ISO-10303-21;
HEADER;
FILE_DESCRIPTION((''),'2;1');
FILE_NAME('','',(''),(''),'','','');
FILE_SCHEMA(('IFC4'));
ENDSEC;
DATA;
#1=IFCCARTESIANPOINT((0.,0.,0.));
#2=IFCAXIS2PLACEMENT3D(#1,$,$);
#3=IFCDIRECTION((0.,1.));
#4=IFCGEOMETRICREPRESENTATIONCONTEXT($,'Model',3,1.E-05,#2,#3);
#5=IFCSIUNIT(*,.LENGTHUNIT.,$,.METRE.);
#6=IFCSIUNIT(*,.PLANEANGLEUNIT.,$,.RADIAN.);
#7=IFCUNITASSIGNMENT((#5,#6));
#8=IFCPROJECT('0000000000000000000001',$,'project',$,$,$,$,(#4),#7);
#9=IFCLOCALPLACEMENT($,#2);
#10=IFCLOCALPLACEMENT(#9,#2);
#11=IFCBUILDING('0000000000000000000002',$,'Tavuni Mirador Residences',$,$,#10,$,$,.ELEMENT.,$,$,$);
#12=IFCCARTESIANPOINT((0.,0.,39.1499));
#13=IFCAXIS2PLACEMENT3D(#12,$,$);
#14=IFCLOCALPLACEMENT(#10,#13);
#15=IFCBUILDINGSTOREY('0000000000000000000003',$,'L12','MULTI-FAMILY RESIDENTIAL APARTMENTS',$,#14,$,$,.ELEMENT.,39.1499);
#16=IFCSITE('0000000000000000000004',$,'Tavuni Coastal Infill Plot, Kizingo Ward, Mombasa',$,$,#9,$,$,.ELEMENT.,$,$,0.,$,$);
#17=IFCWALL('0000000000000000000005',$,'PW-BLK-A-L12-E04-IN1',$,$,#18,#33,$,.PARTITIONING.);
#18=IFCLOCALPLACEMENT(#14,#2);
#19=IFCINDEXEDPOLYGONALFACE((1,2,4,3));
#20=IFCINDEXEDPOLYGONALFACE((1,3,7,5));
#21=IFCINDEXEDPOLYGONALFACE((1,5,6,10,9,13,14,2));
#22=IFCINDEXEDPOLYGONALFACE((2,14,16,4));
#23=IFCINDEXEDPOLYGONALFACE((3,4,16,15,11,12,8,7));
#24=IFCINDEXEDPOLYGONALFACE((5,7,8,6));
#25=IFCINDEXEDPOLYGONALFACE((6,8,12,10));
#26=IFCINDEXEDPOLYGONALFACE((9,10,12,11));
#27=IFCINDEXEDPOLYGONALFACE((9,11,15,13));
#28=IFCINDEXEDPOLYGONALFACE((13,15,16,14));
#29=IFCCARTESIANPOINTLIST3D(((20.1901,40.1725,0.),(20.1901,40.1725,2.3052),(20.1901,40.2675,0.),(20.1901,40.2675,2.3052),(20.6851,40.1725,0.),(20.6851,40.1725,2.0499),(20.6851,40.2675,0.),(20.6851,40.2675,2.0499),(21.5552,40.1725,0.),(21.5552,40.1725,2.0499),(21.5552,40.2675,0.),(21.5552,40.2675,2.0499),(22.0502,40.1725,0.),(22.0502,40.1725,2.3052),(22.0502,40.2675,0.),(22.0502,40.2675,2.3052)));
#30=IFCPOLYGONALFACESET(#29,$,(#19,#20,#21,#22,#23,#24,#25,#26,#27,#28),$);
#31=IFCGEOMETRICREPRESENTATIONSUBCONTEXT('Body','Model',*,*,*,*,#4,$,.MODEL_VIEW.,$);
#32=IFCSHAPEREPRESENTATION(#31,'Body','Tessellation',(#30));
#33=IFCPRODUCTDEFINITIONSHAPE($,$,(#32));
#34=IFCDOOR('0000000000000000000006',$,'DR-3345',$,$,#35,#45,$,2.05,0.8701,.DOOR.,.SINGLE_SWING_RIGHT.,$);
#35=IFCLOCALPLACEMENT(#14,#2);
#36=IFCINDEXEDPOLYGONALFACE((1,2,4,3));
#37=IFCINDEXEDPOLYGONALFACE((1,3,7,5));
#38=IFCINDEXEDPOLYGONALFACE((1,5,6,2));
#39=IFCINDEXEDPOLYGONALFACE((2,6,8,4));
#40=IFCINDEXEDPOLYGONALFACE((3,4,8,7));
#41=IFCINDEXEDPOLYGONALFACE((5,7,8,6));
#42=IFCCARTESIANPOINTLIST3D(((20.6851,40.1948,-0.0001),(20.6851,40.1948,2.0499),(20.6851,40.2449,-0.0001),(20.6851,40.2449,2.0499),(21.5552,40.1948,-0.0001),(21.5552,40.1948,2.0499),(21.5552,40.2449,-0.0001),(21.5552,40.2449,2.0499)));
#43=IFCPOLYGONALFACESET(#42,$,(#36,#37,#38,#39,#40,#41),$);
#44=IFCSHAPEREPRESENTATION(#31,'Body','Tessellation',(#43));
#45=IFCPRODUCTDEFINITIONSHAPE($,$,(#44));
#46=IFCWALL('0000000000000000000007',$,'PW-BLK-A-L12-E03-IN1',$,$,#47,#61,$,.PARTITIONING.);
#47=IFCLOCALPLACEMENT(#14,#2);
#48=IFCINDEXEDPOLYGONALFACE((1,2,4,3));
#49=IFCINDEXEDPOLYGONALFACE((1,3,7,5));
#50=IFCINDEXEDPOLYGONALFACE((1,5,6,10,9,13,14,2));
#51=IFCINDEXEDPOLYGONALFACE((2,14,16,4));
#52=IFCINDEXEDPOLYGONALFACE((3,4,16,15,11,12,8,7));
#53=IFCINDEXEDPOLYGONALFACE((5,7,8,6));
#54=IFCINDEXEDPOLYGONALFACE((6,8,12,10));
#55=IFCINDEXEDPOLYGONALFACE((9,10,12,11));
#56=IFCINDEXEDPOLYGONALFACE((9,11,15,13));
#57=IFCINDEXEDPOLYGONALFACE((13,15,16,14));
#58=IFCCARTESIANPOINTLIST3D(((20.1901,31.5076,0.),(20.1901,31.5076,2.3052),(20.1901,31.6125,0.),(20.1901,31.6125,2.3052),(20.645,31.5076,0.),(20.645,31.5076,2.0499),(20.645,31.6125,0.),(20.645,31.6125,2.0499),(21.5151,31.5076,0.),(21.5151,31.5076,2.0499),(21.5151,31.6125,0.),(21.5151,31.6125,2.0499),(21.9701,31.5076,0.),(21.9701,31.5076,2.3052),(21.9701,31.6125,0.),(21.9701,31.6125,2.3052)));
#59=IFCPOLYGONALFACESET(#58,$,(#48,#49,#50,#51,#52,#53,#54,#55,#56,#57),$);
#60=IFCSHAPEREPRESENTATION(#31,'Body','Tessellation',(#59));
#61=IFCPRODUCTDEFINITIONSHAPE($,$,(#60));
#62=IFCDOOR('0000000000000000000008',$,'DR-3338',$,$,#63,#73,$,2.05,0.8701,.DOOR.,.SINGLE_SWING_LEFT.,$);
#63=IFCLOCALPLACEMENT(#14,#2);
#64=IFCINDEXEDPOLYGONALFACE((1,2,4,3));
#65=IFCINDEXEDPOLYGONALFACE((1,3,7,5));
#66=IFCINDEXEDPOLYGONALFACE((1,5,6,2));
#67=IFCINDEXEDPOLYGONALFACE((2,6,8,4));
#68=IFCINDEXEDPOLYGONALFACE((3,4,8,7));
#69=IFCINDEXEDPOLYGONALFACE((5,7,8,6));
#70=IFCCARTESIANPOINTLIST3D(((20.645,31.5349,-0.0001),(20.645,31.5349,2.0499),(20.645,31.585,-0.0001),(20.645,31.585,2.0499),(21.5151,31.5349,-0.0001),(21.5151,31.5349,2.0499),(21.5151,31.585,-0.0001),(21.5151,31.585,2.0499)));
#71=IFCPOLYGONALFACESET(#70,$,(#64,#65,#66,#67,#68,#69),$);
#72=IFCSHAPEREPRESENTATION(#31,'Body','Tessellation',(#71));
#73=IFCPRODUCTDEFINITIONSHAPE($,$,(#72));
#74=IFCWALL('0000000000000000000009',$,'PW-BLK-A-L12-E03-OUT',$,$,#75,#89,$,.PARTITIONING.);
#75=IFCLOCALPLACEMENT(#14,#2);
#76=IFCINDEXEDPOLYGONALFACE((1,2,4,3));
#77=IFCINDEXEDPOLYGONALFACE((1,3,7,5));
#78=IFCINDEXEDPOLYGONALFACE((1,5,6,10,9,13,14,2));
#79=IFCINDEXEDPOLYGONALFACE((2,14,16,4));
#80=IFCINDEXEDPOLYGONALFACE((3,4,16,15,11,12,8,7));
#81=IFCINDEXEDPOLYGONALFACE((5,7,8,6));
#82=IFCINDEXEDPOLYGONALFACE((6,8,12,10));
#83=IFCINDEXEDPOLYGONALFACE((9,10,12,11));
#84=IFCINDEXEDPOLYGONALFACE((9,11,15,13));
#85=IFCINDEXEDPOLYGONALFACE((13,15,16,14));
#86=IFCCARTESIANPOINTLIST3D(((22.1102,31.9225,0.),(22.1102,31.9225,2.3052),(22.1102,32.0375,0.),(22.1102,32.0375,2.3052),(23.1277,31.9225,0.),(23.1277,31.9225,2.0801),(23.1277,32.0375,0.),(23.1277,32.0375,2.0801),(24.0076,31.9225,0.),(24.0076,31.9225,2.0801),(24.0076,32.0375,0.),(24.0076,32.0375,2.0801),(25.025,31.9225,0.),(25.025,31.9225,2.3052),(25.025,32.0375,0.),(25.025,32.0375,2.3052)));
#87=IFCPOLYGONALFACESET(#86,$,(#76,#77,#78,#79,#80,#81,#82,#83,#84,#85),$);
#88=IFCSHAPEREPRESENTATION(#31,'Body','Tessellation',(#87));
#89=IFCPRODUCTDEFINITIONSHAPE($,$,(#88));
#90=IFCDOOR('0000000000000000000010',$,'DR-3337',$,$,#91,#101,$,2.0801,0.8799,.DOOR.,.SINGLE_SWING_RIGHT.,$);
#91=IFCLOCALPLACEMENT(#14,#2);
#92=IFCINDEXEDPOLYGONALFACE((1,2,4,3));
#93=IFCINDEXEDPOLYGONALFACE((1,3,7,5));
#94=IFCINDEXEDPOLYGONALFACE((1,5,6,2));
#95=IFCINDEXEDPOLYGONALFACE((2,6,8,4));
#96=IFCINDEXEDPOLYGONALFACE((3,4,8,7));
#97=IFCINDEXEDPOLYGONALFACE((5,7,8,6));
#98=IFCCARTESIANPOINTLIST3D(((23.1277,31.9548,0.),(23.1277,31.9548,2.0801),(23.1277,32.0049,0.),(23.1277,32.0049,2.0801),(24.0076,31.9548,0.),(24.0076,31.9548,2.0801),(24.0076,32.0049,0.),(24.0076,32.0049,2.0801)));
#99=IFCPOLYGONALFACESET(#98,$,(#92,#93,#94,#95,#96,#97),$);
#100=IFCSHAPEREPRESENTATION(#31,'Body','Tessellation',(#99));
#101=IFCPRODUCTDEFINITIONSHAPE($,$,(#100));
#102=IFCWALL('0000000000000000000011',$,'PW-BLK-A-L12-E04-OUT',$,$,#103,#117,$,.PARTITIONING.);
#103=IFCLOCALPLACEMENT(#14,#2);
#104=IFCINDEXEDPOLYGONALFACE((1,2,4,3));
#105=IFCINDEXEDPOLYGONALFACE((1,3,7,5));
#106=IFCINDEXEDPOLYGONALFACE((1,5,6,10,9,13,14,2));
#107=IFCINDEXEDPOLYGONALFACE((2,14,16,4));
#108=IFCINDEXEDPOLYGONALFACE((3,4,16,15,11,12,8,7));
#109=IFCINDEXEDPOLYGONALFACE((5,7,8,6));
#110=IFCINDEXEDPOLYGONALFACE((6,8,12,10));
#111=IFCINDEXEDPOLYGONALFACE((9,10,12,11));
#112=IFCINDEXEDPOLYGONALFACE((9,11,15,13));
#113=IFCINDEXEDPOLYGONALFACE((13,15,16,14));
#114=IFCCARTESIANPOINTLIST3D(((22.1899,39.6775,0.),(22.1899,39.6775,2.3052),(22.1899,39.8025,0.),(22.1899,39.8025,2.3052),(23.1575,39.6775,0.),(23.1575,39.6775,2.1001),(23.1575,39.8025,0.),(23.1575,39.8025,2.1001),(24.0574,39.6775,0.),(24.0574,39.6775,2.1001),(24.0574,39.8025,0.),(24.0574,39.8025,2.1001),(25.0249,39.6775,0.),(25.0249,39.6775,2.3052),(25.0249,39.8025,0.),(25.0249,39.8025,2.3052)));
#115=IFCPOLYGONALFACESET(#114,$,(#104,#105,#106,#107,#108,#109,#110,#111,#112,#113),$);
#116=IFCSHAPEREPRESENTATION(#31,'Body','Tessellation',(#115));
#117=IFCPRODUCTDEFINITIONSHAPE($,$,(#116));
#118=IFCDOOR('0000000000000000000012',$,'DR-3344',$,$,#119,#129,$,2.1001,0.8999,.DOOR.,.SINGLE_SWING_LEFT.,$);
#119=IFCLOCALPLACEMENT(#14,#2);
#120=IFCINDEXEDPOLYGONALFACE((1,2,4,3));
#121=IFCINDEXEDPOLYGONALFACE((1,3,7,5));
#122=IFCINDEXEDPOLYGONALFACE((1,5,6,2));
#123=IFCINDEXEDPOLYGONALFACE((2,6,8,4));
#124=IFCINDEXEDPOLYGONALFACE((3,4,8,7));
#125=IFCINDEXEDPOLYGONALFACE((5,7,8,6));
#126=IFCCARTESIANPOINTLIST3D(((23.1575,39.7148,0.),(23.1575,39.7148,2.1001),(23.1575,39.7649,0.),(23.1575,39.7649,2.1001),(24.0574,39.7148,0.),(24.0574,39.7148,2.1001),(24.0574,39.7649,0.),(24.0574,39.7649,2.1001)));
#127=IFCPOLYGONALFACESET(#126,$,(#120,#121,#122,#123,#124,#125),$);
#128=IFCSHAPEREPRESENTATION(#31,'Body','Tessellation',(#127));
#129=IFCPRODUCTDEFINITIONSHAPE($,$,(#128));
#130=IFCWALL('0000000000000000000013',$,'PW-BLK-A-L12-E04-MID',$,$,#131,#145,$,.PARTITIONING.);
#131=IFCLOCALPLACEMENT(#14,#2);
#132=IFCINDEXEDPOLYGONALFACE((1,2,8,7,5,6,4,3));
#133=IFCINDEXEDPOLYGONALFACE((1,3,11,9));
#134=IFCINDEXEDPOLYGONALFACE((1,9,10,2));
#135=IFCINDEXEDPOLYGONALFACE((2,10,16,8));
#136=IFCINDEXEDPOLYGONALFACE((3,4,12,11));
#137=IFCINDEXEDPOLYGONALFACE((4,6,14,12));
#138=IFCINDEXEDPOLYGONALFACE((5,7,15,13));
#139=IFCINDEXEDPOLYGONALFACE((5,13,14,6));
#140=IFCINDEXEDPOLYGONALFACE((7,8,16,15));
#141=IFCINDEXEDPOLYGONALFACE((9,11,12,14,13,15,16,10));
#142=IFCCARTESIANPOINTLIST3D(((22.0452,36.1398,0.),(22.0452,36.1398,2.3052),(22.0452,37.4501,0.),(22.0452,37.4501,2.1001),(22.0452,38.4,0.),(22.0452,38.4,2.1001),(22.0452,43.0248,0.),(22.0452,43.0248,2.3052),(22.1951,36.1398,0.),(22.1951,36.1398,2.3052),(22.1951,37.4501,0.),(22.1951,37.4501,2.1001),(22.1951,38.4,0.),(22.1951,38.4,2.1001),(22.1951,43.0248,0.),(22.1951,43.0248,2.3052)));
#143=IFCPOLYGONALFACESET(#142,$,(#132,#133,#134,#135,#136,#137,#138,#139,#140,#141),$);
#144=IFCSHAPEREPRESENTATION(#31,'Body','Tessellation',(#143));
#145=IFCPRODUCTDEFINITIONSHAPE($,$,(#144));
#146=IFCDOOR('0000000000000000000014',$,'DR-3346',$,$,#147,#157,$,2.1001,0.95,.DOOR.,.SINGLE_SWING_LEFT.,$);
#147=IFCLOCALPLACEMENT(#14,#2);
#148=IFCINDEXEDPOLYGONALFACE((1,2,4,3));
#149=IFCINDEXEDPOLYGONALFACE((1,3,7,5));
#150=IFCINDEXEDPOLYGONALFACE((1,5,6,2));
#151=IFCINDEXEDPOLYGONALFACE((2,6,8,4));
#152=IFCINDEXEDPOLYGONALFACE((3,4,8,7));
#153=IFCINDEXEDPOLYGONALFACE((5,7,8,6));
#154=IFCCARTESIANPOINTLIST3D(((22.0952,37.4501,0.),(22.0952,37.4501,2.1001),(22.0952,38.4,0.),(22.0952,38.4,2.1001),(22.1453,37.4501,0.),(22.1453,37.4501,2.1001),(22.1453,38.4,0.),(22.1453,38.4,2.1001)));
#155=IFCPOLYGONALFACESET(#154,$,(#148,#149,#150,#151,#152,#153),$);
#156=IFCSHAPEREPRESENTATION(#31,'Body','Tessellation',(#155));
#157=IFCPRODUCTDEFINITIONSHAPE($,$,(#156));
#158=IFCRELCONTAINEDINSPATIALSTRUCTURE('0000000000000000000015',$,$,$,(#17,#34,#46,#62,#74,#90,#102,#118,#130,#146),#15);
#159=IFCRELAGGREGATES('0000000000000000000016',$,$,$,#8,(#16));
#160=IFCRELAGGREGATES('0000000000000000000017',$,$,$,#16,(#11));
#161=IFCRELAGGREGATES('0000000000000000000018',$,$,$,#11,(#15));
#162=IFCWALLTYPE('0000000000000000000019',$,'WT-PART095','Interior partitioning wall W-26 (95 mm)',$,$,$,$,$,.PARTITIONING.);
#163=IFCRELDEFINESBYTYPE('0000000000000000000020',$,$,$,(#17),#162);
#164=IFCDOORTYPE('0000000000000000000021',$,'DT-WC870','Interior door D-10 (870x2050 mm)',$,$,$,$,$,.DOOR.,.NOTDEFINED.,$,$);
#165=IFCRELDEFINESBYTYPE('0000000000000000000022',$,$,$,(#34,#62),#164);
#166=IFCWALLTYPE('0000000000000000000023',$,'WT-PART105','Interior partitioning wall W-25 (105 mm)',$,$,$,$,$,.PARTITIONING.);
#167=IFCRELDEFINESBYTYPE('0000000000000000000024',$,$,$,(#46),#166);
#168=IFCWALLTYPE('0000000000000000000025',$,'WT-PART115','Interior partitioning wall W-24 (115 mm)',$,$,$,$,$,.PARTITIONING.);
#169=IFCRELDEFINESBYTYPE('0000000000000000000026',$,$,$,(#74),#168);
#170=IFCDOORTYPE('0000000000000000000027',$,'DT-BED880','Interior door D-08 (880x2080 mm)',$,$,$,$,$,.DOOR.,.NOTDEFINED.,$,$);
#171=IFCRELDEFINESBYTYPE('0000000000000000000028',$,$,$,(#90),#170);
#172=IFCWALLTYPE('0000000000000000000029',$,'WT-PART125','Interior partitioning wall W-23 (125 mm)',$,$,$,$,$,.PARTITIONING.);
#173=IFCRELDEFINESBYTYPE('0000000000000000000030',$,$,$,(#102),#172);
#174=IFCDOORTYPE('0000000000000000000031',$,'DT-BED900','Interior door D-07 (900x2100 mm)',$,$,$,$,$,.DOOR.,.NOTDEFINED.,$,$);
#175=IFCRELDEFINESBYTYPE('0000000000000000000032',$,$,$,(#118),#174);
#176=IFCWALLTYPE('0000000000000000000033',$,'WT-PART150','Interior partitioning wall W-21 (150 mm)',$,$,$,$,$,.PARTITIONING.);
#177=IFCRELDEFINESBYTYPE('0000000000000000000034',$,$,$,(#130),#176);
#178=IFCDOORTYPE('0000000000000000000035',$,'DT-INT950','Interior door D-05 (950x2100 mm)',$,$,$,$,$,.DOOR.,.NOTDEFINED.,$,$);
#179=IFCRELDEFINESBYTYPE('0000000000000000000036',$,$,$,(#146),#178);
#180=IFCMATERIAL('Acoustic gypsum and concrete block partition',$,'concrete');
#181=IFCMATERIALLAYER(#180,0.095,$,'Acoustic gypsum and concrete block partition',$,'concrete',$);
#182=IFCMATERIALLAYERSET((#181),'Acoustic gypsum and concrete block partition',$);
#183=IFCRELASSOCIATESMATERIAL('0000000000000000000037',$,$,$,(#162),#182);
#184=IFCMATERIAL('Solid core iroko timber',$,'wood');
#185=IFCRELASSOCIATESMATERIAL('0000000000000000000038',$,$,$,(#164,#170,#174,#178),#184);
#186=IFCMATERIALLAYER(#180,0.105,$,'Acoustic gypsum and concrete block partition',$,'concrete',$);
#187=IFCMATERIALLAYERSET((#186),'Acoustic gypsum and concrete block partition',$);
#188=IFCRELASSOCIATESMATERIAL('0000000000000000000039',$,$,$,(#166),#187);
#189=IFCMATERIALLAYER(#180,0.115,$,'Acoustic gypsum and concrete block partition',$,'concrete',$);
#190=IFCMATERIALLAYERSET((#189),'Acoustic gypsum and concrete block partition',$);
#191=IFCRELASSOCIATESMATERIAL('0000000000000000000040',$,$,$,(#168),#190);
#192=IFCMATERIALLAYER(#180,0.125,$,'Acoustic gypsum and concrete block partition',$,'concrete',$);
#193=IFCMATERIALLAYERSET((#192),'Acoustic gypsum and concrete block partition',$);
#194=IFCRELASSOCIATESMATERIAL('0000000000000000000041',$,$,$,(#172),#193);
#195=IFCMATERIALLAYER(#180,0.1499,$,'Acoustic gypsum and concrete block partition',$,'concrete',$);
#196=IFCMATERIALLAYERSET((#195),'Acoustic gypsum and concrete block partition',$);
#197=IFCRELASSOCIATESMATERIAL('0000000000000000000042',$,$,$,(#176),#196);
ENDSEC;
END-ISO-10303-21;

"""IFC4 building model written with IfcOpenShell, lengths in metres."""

from ifc_helpers import new_model, si_unit, direction, frame, frame_2d, origin, place, context, subcontext, project, spatial, rectangle, extrude, material, layer, layer_set, type_object, element, fill, save


model = new_model("IFC4")

# Units and contexts
model_context = context("Model", 3, precision=1e-05, world=origin(), true_north=direction((0.0, 1.0)))
body_context = subcontext(model_context, "Body", "Model", "MODEL_VIEW")
ifc_project = project(units=[si_unit("LENGTHUNIT", "METRE"), si_unit("PLANEANGLEUNIT", "RADIAN")], contexts=[model_context])

# Site, building, storey
site_placement = place(None, origin())
site = spatial("IfcSite", under=ifc_project, at=site_placement, Name="Tavuni Coastal Infill Plot, Kizingo Ward, Mombasa", CompositionType="ELEMENT", RefElevation=0.0)
building_placement = place(site_placement, origin())
building = spatial("IfcBuilding", under=site, at=building_placement, Name="Tavuni Mirador Residences", CompositionType="ELEMENT")
storey_placement = place(building_placement, frame((0.0, 0.0, 39.1499)))
storey = spatial("IfcBuildingStorey", under=building, at=storey_placement, Name="L12", Description="MULTI-FAMILY RESIDENTIAL APARTMENTS", CompositionType="ELEMENT", Elevation=39.1499)

# Shared definitions
ifc_material_1 = material(Name="Solid core iroko timber", Category="wood")

# Walls, openings, doors
ifc_material_2 = material(Name="Acoustic gypsum and concrete block partition", Category="concrete")
ifc_layer_1 = layer(ifc_material_2, 0.095, Name="Acoustic gypsum and concrete block partition", Category="concrete")
ifc_layer_set_1 = layer_set([ifc_layer_1], Name="Acoustic gypsum and concrete block partition")
wall_type_1 = type_object("IfcWallType", Name="WT-PART095", Description="Interior partitioning wall W-26 (95 mm)", PredefinedType="PARTITIONING", material=ifc_layer_set_1)
wall_1_placement = place(storey_placement, frame((20.1899, 40.22, 0.0), z_axis=(0.0, 0.0, 1.0), x_axis=(1.0, 0.0, 0.0)))
wall_1 = element("IfcWall", 1, at=wall_1_placement, inside=storey, type_object=wall_type_1, Name="PW-BLK-A-L12-E04-IN1", PredefinedType="PARTITIONING", context=body_context, shape_type="SweptSolid", body=[
    extrude(rectangle(XDim=1.8601, YDim=0.095, at=frame_2d((0.9302, 0.0))), origin(), (0.0, 0.0, 1.0), 2.3052),
])
opening_1_placement = place(wall_1_placement, frame((0.4951, 0.0, 0.0)))
opening_1 = element("IfcOpeningElement", 2, at=opening_1_placement, cuts=wall_1, PredefinedType="OPENING", context=body_context, shape_type="SweptSolid", body=[
    extrude(rectangle(XDim=0.8701, YDim=2.05, at=frame_2d((0.4351, 1.0249))), frame((0.0, 0.0576, 0.0), z_axis=(0.0, -1.0, 0.0), x_axis=(1.0, 0.0, 0.0)), (0.0, 0.0, 1.0), 0.115),
])
door_type_1 = type_object("IfcDoorType", Name="DT-WC870", Description="Interior door D-10 (870x2050 mm)", OperationType="NOTDEFINED", PredefinedType="DOOR", material=ifc_material_1)
door_1_placement = place(opening_1_placement, origin())
door_1 = element("IfcDoor", 3, at=door_1_placement, inside=storey, type_object=door_type_1, Name="DR-3345", OperationType="SINGLE_SWING_RIGHT", OverallHeight=2.05, OverallWidth=0.8701, PredefinedType="DOOR", context=body_context, shape_type="SweptSolid", body=[
    extrude(rectangle(XDim=0.8701, YDim=2.05, at=frame_2d((0.4351, 1.0249))), frame((0.0, 0.0249, 0.0), z_axis=(0.0, -1.0, 0.0), x_axis=(1.0, 0.0, 0.0)), (0.0, 0.0, 1.0), 0.05),
])
fill(opening_1, door_1)
ifc_layer_2 = layer(ifc_material_2, 0.105, Name="Acoustic gypsum and concrete block partition", Category="concrete")
ifc_layer_set_2 = layer_set([ifc_layer_2], Name="Acoustic gypsum and concrete block partition")
wall_type_2 = type_object("IfcWallType", Name="WT-PART105", Description="Interior partitioning wall W-25 (105 mm)", PredefinedType="PARTITIONING", material=ifc_layer_set_2)
wall_2_placement = place(storey_placement, frame((20.1899, 31.5601, 0.0), z_axis=(0.0, 0.0, 1.0), x_axis=(1.0, 0.0, 0.0)))
wall_2 = element("IfcWall", 4, at=wall_2_placement, inside=storey, type_object=wall_type_2, Name="PW-BLK-A-L12-E03-IN1", PredefinedType="PARTITIONING", context=body_context, shape_type="SweptSolid", body=[
    extrude(rectangle(XDim=1.78, YDim=0.105, at=frame_2d((0.8901, 0.0))), origin(), (0.0, 0.0, 1.0), 2.3052),
])
opening_2_placement = place(wall_2_placement, frame((0.4551, 0.0, 0.0)))
opening_2 = element("IfcOpeningElement", 5, at=opening_2_placement, cuts=wall_2, PredefinedType="OPENING", context=body_context, shape_type="SweptSolid", body=[
    extrude(rectangle(XDim=0.8701, YDim=2.05, at=frame_2d((0.4351, 1.0249))), frame((0.0, 0.0625, 0.0), z_axis=(0.0, -1.0, 0.0), x_axis=(1.0, 0.0, 0.0)), (0.0, 0.0, 1.0), 0.125),
])
door_2_placement = place(opening_2_placement, origin())
door_2 = element("IfcDoor", 6, at=door_2_placement, inside=storey, type_object=door_type_1, Name="DR-3338", OperationType="SINGLE_SWING_LEFT", OverallHeight=2.05, OverallWidth=0.8701, PredefinedType="DOOR", context=body_context, shape_type="SweptSolid", body=[
    extrude(rectangle(XDim=0.8701, YDim=2.05, at=frame_2d((0.4351, 1.0249))), frame((0.0, 0.0249, 0.0), z_axis=(0.0, -1.0, 0.0), x_axis=(1.0, 0.0, 0.0)), (0.0, 0.0, 1.0), 0.05),
])
fill(opening_2, door_2)
ifc_layer_3 = layer(ifc_material_2, 0.115, Name="Acoustic gypsum and concrete block partition", Category="concrete")
ifc_layer_set_3 = layer_set([ifc_layer_3], Name="Acoustic gypsum and concrete block partition")
wall_type_3 = type_object("IfcWallType", Name="WT-PART115", Description="Interior partitioning wall W-24 (115 mm)", PredefinedType="PARTITIONING", material=ifc_layer_set_3)
wall_3_placement = place(storey_placement, frame((22.1101, 31.98, 0.0), z_axis=(0.0, 0.0, 1.0), x_axis=(1.0, 0.0, 0.0)))
wall_3 = element("IfcWall", 7, at=wall_3_placement, inside=storey, type_object=wall_type_3, Name="PW-BLK-A-L12-E03-OUT", PredefinedType="PARTITIONING", context=body_context, shape_type="SweptSolid", body=[
    extrude(rectangle(XDim=2.9148, YDim=0.115, at=frame_2d((1.4575, 0.0))), origin(), (0.0, 0.0, 1.0), 2.3052),
])
opening_3_placement = place(wall_3_placement, frame((1.0176, 0.0, 0.0)))
opening_3 = element("IfcOpeningElement", 8, at=opening_3_placement, cuts=wall_3, PredefinedType="OPENING", context=body_context, shape_type="SweptSolid", body=[
    extrude(rectangle(XDim=0.8799, YDim=2.0801, at=frame_2d((0.4399, 1.04))), frame((0.0, 0.0674, 0.0), z_axis=(0.0, -1.0, 0.0), x_axis=(1.0, 0.0, 0.0)), (0.0, 0.0, 1.0), 0.135),
])
door_type_2 = type_object("IfcDoorType", Name="DT-BED880", Description="Interior door D-08 (880x2080 mm)", OperationType="NOTDEFINED", PredefinedType="DOOR", material=ifc_material_1)
door_3_placement = place(opening_3_placement, origin())
door_3 = element("IfcDoor", 9, at=door_3_placement, inside=storey, type_object=door_type_2, Name="DR-3337", OperationType="SINGLE_SWING_RIGHT", OverallHeight=2.0801, OverallWidth=0.8799, PredefinedType="DOOR", context=body_context, shape_type="SweptSolid", body=[
    extrude(rectangle(XDim=0.8799, YDim=2.0801, at=frame_2d((0.4399, 1.04))), frame((0.0, 0.0249, 0.0), z_axis=(0.0, -1.0, 0.0), x_axis=(1.0, 0.0, 0.0)), (0.0, 0.0, 1.0), 0.05),
])
fill(opening_3, door_3)
ifc_layer_4 = layer(ifc_material_2, 0.125, Name="Acoustic gypsum and concrete block partition", Category="concrete")
ifc_layer_set_4 = layer_set([ifc_layer_4], Name="Acoustic gypsum and concrete block partition")
wall_type_4 = type_object("IfcWallType", Name="WT-PART125", Description="Interior partitioning wall W-23 (125 mm)", PredefinedType="PARTITIONING", material=ifc_layer_set_4)
wall_4_placement = place(storey_placement, frame((22.1899, 39.74, 0.0), z_axis=(0.0, 0.0, 1.0), x_axis=(1.0, 0.0, 0.0)))
wall_4 = element("IfcWall", 10, at=wall_4_placement, inside=storey, type_object=wall_type_4, Name="PW-BLK-A-L12-E04-OUT", PredefinedType="PARTITIONING", context=body_context, shape_type="SweptSolid", body=[
    extrude(rectangle(XDim=2.835, YDim=0.125, at=frame_2d((1.4175, 0.0))), origin(), (0.0, 0.0, 1.0), 2.3052),
])
opening_4_placement = place(wall_4_placement, frame((0.9675, 0.0, 0.0)))
opening_4 = element("IfcOpeningElement", 11, at=opening_4_placement, cuts=wall_4, PredefinedType="OPENING", context=body_context, shape_type="SweptSolid", body=[
    extrude(rectangle(XDim=0.8999, YDim=2.1001, at=frame_2d((0.45, 1.05))), frame((0.0, 0.0725, 0.0), z_axis=(0.0, -1.0, 0.0), x_axis=(1.0, 0.0, 0.0)), (0.0, 0.0, 1.0), 0.145),
])
door_type_3 = type_object("IfcDoorType", Name="DT-BED900", Description="Interior door D-07 (900x2100 mm)", OperationType="NOTDEFINED", PredefinedType="DOOR", material=ifc_material_1)
door_4_placement = place(opening_4_placement, origin())
door_4 = element("IfcDoor", 12, at=door_4_placement, inside=storey, type_object=door_type_3, Name="DR-3344", OperationType="SINGLE_SWING_LEFT", OverallHeight=2.1001, OverallWidth=0.8999, PredefinedType="DOOR", context=body_context, shape_type="SweptSolid", body=[
    extrude(rectangle(XDim=0.8999, YDim=2.1001, at=frame_2d((0.45, 1.05))), frame((0.0, 0.0249, 0.0), z_axis=(0.0, -1.0, 0.0), x_axis=(1.0, 0.0, 0.0)), (0.0, 0.0, 1.0), 0.05),
])
fill(opening_4, door_4)
ifc_layer_5 = layer(ifc_material_2, 0.1499, Name="Acoustic gypsum and concrete block partition", Category="concrete")
ifc_layer_set_5 = layer_set([ifc_layer_5], Name="Acoustic gypsum and concrete block partition")
wall_type_5 = type_object("IfcWallType", Name="WT-PART150", Description="Interior partitioning wall W-21 (150 mm)", PredefinedType="PARTITIONING", material=ifc_layer_set_5)
wall_5_placement = place(storey_placement, frame((22.1201, 36.1399, 0.0), z_axis=(0.0, 0.0, 1.0), x_axis=(0.0, 1.0, 0.0)))
wall_5 = element("IfcWall", 13, at=wall_5_placement, inside=storey, type_object=wall_type_5, Name="PW-BLK-A-L12-E04-MID", PredefinedType="PARTITIONING", context=body_context, shape_type="SweptSolid", body=[
    extrude(rectangle(XDim=6.885, YDim=0.1499, at=frame_2d((3.4424, 0.0))), origin(), (0.0, 0.0, 1.0), 2.3052),
])
opening_5_placement = place(wall_5_placement, frame((1.3101, 0.0, 0.0)))
opening_5 = element("IfcOpeningElement", 14, at=opening_5_placement, cuts=wall_5, PredefinedType="OPENING", context=body_context, shape_type="SweptSolid", body=[
    extrude(rectangle(XDim=0.95, YDim=2.1001, at=frame_2d((0.4751, 1.05))), frame((0.0, 0.085, 0.0), z_axis=(0.0, -1.0, 0.0), x_axis=(1.0, 0.0, 0.0)), (0.0, 0.0, 1.0), 0.1699),
])
door_type_4 = type_object("IfcDoorType", Name="DT-INT950", Description="Interior door D-05 (950x2100 mm)", OperationType="NOTDEFINED", PredefinedType="DOOR", material=ifc_material_1)
door_5_placement = place(opening_5_placement, origin())
door_5 = element("IfcDoor", 15, at=door_5_placement, inside=storey, type_object=door_type_4, Name="DR-3346", OperationType="SINGLE_SWING_LEFT", OverallHeight=2.1001, OverallWidth=0.95, PredefinedType="DOOR", context=body_context, shape_type="SweptSolid", body=[
    extrude(rectangle(XDim=0.95, YDim=2.1001, at=frame_2d((0.4751, 1.05))), frame((0.0, 0.0249, 0.0), z_axis=(0.0, -1.0, 0.0), x_axis=(1.0, 0.0, 0.0)), (0.0, 0.0, 1.0), 0.05),
])
fill(opening_5, door_5)

save(model, "model.ifc")
